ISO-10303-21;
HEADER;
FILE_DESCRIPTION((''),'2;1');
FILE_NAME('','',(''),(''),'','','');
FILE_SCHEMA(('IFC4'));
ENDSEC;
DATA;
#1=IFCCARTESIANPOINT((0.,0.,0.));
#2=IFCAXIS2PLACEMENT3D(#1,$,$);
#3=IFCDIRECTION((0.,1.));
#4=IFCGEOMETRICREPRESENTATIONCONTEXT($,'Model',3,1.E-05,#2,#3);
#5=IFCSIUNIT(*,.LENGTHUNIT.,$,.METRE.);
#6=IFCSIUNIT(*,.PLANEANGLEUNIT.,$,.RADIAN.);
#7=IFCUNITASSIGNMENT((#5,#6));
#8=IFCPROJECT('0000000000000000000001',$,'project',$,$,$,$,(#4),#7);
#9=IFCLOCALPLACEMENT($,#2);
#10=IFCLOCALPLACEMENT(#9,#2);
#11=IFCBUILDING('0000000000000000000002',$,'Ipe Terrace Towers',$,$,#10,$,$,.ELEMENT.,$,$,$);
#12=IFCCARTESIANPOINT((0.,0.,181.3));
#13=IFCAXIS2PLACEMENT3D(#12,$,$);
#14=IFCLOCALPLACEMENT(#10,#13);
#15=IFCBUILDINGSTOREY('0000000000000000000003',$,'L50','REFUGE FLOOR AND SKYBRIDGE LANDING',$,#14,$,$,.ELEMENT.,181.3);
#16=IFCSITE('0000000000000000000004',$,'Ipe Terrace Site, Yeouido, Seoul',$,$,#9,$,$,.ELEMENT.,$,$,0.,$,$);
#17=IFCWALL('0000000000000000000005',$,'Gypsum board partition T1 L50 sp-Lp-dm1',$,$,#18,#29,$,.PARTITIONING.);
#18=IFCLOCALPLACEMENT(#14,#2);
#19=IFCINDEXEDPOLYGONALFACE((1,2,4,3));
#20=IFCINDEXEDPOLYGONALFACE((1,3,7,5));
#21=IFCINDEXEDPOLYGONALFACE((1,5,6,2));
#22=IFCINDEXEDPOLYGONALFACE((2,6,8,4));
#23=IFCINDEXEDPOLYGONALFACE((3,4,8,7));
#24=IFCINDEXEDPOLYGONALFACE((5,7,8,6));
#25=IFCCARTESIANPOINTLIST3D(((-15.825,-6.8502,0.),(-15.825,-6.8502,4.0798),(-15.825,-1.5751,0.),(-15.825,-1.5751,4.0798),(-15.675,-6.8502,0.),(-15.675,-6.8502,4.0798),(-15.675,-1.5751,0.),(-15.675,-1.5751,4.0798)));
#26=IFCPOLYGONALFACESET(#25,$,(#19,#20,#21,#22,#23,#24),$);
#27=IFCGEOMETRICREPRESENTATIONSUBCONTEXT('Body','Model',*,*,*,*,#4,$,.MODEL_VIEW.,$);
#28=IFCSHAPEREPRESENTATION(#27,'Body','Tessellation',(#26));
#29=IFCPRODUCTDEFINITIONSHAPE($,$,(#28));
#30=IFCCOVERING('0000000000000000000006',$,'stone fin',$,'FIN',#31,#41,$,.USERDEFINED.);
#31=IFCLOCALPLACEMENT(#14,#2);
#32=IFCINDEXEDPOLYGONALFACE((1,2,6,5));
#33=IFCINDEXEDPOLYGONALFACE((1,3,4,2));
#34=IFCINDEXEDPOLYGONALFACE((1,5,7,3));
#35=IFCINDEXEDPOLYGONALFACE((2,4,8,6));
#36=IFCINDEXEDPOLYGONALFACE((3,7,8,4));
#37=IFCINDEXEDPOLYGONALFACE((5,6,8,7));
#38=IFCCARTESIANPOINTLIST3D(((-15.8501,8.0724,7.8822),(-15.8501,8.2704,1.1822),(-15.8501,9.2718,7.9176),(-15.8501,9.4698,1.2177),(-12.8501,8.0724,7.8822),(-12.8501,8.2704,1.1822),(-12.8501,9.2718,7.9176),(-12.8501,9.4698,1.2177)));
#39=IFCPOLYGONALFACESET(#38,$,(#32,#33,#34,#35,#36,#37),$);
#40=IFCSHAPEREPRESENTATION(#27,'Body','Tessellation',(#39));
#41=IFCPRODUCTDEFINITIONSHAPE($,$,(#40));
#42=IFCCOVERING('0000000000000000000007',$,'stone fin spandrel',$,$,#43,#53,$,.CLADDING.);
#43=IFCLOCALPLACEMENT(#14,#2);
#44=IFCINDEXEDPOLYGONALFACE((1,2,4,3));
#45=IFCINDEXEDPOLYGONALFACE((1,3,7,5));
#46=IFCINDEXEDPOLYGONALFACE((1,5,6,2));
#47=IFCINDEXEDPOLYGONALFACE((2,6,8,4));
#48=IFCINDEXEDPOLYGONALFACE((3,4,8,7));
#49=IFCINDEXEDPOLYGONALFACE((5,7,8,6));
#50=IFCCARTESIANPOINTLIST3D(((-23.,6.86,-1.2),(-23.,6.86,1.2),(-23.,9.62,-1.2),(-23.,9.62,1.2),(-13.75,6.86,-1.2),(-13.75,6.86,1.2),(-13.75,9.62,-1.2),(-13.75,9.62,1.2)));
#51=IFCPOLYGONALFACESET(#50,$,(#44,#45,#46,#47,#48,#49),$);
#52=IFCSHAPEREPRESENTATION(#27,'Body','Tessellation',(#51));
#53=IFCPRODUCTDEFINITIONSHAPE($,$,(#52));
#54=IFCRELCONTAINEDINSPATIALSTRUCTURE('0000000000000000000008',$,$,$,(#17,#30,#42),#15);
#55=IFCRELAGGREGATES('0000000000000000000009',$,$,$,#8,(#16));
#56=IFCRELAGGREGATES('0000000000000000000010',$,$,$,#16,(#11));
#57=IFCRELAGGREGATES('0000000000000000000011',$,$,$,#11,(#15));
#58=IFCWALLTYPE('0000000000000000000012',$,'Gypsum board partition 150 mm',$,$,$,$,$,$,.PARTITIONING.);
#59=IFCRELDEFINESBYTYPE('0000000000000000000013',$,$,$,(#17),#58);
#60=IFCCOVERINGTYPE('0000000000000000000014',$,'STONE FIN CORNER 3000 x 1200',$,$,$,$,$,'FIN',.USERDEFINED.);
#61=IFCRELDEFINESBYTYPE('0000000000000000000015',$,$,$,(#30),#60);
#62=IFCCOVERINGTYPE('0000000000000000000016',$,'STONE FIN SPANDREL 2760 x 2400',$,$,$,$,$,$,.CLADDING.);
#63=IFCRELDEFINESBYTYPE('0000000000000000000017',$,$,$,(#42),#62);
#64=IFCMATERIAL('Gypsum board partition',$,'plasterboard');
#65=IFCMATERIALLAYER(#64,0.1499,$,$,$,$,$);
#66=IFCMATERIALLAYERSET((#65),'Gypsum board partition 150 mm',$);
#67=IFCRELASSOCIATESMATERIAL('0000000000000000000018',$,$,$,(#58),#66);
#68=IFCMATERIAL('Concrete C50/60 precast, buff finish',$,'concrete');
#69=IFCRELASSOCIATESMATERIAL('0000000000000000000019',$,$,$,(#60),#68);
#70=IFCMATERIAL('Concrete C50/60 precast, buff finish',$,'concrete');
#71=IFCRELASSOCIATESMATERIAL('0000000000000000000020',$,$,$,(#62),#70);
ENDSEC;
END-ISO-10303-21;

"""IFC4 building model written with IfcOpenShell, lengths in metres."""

from ifc_helpers import new_model, si_unit, direction, frame, frame_2d, origin, origin_2d, place, context, subcontext, project, spatial, rectangle, extrude, material, layer, layer_set, material_profile, profile_set, type_object, element, save


model = new_model("IFC4")

# Units and contexts
model_context = context("Model", 3, precision=1e-05, world=origin(), true_north=direction((0.0, 1.0)))
body_context = subcontext(model_context, "Body", "Model", "MODEL_VIEW")
ifc_project = project(units=[si_unit("LENGTHUNIT", "METRE"), si_unit("PLANEANGLEUNIT", "RADIAN")], contexts=[model_context])

# Site, building, storey
site_placement = place(None, origin())
site = spatial("IfcSite", under=ifc_project, at=site_placement, Name="Ipe Terrace Site, Yeouido, Seoul", CompositionType="ELEMENT", RefElevation=0.0)
building_placement = place(site_placement, origin())
building = spatial("IfcBuilding", under=site, at=building_placement, Name="Ipe Terrace Towers", CompositionType="ELEMENT")
storey_placement = place(building_placement, frame((0.0, 0.0, 181.3)))
storey = spatial("IfcBuildingStorey", under=building, at=storey_placement, Name="L50", Description="REFUGE FLOOR AND SKYBRIDGE LANDING", CompositionType="ELEMENT", Elevation=181.3)

# Wall
ifc_material_1 = material(Name="Gypsum board partition", Category="plasterboard")
ifc_layer_1 = layer(ifc_material_1, 0.1499)
ifc_layer_set_1 = layer_set([ifc_layer_1], Name="Gypsum board partition 150 mm")
wall_type_1 = type_object("IfcWallType", Name="Gypsum board partition 150 mm", PredefinedType="PARTITIONING", material=ifc_layer_set_1)
for number, where, z_axis, x_axis, name in (
    (1, (-15.75, -1.575, 0.0), (0.0, 0.0, 1.0), (0.0, -1.0, 0.0), "Gypsum board partition T1 L50 sp-Lp-dm1"),
):
    element("IfcWall", number, at=place(storey_placement, frame(where, z_axis=z_axis, x_axis=x_axis)), inside=storey, type_object=wall_type_1, Name=name, PredefinedType="PARTITIONING", context=body_context, shape_type="SweptSolid", body=[
        extrude(rectangle(XDim=5.2751, YDim=0.1499, at=frame_2d((2.6377, 0.0))), origin(), (0.0, 0.0, 1.0), 4.0798),
    ])

# Coverings
ifc_material_2 = material(Name="Concrete C50/60 precast, buff finish", Category="concrete")
ifc_material_profile_1 = material_profile(ifc_material_2, rectangle(XDim=3.0, YDim=1.2, at=origin_2d()), Name="STONE FIN CORNER 3000 x 1200")
ifc_profile_set_1 = profile_set([ifc_material_profile_1], Name="Concrete C50/60 precast, buff finish")
covering_type_1 = type_object("IfcCoveringType", Name="STONE FIN CORNER 3000 x 1200", ElementType="FIN", PredefinedType="USERDEFINED", material=ifc_profile_set_1)
covering_1_placement = place(storey_placement, frame((-14.3501, 8.8701, 1.2), z_axis=(0.0, -0.029539, 0.999564), x_axis=(-1.0, 0.0, 0.0)))
element("IfcCovering", 2, at=covering_1_placement, inside=storey, type_object=covering_type_1, Name="stone fin", ObjectType="FIN", PredefinedType="USERDEFINED", context=body_context, shape_type="SweptSolid", body=[
    extrude(rectangle(XDim=3.0, YDim=1.2, at=origin_2d()), origin(), (0.0, 0.0, 1.0), 6.7029),
])
ifc_material_3 = material(Name="Concrete C50/60 precast, buff finish", Category="concrete")
ifc_material_profile_2 = material_profile(ifc_material_3, rectangle(XDim=2.76, YDim=2.3999, at=origin_2d()), Name="STONE FIN SPANDREL 2760 x 2400")
ifc_profile_set_2 = profile_set([ifc_material_profile_2], Name="Concrete C50/60 precast, buff finish")
covering_type_2 = type_object("IfcCoveringType", Name="STONE FIN SPANDREL 2760 x 2400", PredefinedType="CLADDING", material=ifc_profile_set_2)
covering_2_placement = place(storey_placement, frame((-13.75, 8.24, 0.0), z_axis=(-1.0, 0.0, 0.0), x_axis=(0.0, 1.0, 0.0)))
element("IfcCovering", 3, at=covering_2_placement, inside=storey, type_object=covering_type_2, Name="stone fin spandrel", PredefinedType="CLADDING", context=body_context, shape_type="SweptSolid", body=[
    extrude(rectangle(XDim=2.76, YDim=2.3999, at=origin_2d()), origin(), (0.0, 0.0, 1.0), 9.25),
])

save(model, "model.ifc")
